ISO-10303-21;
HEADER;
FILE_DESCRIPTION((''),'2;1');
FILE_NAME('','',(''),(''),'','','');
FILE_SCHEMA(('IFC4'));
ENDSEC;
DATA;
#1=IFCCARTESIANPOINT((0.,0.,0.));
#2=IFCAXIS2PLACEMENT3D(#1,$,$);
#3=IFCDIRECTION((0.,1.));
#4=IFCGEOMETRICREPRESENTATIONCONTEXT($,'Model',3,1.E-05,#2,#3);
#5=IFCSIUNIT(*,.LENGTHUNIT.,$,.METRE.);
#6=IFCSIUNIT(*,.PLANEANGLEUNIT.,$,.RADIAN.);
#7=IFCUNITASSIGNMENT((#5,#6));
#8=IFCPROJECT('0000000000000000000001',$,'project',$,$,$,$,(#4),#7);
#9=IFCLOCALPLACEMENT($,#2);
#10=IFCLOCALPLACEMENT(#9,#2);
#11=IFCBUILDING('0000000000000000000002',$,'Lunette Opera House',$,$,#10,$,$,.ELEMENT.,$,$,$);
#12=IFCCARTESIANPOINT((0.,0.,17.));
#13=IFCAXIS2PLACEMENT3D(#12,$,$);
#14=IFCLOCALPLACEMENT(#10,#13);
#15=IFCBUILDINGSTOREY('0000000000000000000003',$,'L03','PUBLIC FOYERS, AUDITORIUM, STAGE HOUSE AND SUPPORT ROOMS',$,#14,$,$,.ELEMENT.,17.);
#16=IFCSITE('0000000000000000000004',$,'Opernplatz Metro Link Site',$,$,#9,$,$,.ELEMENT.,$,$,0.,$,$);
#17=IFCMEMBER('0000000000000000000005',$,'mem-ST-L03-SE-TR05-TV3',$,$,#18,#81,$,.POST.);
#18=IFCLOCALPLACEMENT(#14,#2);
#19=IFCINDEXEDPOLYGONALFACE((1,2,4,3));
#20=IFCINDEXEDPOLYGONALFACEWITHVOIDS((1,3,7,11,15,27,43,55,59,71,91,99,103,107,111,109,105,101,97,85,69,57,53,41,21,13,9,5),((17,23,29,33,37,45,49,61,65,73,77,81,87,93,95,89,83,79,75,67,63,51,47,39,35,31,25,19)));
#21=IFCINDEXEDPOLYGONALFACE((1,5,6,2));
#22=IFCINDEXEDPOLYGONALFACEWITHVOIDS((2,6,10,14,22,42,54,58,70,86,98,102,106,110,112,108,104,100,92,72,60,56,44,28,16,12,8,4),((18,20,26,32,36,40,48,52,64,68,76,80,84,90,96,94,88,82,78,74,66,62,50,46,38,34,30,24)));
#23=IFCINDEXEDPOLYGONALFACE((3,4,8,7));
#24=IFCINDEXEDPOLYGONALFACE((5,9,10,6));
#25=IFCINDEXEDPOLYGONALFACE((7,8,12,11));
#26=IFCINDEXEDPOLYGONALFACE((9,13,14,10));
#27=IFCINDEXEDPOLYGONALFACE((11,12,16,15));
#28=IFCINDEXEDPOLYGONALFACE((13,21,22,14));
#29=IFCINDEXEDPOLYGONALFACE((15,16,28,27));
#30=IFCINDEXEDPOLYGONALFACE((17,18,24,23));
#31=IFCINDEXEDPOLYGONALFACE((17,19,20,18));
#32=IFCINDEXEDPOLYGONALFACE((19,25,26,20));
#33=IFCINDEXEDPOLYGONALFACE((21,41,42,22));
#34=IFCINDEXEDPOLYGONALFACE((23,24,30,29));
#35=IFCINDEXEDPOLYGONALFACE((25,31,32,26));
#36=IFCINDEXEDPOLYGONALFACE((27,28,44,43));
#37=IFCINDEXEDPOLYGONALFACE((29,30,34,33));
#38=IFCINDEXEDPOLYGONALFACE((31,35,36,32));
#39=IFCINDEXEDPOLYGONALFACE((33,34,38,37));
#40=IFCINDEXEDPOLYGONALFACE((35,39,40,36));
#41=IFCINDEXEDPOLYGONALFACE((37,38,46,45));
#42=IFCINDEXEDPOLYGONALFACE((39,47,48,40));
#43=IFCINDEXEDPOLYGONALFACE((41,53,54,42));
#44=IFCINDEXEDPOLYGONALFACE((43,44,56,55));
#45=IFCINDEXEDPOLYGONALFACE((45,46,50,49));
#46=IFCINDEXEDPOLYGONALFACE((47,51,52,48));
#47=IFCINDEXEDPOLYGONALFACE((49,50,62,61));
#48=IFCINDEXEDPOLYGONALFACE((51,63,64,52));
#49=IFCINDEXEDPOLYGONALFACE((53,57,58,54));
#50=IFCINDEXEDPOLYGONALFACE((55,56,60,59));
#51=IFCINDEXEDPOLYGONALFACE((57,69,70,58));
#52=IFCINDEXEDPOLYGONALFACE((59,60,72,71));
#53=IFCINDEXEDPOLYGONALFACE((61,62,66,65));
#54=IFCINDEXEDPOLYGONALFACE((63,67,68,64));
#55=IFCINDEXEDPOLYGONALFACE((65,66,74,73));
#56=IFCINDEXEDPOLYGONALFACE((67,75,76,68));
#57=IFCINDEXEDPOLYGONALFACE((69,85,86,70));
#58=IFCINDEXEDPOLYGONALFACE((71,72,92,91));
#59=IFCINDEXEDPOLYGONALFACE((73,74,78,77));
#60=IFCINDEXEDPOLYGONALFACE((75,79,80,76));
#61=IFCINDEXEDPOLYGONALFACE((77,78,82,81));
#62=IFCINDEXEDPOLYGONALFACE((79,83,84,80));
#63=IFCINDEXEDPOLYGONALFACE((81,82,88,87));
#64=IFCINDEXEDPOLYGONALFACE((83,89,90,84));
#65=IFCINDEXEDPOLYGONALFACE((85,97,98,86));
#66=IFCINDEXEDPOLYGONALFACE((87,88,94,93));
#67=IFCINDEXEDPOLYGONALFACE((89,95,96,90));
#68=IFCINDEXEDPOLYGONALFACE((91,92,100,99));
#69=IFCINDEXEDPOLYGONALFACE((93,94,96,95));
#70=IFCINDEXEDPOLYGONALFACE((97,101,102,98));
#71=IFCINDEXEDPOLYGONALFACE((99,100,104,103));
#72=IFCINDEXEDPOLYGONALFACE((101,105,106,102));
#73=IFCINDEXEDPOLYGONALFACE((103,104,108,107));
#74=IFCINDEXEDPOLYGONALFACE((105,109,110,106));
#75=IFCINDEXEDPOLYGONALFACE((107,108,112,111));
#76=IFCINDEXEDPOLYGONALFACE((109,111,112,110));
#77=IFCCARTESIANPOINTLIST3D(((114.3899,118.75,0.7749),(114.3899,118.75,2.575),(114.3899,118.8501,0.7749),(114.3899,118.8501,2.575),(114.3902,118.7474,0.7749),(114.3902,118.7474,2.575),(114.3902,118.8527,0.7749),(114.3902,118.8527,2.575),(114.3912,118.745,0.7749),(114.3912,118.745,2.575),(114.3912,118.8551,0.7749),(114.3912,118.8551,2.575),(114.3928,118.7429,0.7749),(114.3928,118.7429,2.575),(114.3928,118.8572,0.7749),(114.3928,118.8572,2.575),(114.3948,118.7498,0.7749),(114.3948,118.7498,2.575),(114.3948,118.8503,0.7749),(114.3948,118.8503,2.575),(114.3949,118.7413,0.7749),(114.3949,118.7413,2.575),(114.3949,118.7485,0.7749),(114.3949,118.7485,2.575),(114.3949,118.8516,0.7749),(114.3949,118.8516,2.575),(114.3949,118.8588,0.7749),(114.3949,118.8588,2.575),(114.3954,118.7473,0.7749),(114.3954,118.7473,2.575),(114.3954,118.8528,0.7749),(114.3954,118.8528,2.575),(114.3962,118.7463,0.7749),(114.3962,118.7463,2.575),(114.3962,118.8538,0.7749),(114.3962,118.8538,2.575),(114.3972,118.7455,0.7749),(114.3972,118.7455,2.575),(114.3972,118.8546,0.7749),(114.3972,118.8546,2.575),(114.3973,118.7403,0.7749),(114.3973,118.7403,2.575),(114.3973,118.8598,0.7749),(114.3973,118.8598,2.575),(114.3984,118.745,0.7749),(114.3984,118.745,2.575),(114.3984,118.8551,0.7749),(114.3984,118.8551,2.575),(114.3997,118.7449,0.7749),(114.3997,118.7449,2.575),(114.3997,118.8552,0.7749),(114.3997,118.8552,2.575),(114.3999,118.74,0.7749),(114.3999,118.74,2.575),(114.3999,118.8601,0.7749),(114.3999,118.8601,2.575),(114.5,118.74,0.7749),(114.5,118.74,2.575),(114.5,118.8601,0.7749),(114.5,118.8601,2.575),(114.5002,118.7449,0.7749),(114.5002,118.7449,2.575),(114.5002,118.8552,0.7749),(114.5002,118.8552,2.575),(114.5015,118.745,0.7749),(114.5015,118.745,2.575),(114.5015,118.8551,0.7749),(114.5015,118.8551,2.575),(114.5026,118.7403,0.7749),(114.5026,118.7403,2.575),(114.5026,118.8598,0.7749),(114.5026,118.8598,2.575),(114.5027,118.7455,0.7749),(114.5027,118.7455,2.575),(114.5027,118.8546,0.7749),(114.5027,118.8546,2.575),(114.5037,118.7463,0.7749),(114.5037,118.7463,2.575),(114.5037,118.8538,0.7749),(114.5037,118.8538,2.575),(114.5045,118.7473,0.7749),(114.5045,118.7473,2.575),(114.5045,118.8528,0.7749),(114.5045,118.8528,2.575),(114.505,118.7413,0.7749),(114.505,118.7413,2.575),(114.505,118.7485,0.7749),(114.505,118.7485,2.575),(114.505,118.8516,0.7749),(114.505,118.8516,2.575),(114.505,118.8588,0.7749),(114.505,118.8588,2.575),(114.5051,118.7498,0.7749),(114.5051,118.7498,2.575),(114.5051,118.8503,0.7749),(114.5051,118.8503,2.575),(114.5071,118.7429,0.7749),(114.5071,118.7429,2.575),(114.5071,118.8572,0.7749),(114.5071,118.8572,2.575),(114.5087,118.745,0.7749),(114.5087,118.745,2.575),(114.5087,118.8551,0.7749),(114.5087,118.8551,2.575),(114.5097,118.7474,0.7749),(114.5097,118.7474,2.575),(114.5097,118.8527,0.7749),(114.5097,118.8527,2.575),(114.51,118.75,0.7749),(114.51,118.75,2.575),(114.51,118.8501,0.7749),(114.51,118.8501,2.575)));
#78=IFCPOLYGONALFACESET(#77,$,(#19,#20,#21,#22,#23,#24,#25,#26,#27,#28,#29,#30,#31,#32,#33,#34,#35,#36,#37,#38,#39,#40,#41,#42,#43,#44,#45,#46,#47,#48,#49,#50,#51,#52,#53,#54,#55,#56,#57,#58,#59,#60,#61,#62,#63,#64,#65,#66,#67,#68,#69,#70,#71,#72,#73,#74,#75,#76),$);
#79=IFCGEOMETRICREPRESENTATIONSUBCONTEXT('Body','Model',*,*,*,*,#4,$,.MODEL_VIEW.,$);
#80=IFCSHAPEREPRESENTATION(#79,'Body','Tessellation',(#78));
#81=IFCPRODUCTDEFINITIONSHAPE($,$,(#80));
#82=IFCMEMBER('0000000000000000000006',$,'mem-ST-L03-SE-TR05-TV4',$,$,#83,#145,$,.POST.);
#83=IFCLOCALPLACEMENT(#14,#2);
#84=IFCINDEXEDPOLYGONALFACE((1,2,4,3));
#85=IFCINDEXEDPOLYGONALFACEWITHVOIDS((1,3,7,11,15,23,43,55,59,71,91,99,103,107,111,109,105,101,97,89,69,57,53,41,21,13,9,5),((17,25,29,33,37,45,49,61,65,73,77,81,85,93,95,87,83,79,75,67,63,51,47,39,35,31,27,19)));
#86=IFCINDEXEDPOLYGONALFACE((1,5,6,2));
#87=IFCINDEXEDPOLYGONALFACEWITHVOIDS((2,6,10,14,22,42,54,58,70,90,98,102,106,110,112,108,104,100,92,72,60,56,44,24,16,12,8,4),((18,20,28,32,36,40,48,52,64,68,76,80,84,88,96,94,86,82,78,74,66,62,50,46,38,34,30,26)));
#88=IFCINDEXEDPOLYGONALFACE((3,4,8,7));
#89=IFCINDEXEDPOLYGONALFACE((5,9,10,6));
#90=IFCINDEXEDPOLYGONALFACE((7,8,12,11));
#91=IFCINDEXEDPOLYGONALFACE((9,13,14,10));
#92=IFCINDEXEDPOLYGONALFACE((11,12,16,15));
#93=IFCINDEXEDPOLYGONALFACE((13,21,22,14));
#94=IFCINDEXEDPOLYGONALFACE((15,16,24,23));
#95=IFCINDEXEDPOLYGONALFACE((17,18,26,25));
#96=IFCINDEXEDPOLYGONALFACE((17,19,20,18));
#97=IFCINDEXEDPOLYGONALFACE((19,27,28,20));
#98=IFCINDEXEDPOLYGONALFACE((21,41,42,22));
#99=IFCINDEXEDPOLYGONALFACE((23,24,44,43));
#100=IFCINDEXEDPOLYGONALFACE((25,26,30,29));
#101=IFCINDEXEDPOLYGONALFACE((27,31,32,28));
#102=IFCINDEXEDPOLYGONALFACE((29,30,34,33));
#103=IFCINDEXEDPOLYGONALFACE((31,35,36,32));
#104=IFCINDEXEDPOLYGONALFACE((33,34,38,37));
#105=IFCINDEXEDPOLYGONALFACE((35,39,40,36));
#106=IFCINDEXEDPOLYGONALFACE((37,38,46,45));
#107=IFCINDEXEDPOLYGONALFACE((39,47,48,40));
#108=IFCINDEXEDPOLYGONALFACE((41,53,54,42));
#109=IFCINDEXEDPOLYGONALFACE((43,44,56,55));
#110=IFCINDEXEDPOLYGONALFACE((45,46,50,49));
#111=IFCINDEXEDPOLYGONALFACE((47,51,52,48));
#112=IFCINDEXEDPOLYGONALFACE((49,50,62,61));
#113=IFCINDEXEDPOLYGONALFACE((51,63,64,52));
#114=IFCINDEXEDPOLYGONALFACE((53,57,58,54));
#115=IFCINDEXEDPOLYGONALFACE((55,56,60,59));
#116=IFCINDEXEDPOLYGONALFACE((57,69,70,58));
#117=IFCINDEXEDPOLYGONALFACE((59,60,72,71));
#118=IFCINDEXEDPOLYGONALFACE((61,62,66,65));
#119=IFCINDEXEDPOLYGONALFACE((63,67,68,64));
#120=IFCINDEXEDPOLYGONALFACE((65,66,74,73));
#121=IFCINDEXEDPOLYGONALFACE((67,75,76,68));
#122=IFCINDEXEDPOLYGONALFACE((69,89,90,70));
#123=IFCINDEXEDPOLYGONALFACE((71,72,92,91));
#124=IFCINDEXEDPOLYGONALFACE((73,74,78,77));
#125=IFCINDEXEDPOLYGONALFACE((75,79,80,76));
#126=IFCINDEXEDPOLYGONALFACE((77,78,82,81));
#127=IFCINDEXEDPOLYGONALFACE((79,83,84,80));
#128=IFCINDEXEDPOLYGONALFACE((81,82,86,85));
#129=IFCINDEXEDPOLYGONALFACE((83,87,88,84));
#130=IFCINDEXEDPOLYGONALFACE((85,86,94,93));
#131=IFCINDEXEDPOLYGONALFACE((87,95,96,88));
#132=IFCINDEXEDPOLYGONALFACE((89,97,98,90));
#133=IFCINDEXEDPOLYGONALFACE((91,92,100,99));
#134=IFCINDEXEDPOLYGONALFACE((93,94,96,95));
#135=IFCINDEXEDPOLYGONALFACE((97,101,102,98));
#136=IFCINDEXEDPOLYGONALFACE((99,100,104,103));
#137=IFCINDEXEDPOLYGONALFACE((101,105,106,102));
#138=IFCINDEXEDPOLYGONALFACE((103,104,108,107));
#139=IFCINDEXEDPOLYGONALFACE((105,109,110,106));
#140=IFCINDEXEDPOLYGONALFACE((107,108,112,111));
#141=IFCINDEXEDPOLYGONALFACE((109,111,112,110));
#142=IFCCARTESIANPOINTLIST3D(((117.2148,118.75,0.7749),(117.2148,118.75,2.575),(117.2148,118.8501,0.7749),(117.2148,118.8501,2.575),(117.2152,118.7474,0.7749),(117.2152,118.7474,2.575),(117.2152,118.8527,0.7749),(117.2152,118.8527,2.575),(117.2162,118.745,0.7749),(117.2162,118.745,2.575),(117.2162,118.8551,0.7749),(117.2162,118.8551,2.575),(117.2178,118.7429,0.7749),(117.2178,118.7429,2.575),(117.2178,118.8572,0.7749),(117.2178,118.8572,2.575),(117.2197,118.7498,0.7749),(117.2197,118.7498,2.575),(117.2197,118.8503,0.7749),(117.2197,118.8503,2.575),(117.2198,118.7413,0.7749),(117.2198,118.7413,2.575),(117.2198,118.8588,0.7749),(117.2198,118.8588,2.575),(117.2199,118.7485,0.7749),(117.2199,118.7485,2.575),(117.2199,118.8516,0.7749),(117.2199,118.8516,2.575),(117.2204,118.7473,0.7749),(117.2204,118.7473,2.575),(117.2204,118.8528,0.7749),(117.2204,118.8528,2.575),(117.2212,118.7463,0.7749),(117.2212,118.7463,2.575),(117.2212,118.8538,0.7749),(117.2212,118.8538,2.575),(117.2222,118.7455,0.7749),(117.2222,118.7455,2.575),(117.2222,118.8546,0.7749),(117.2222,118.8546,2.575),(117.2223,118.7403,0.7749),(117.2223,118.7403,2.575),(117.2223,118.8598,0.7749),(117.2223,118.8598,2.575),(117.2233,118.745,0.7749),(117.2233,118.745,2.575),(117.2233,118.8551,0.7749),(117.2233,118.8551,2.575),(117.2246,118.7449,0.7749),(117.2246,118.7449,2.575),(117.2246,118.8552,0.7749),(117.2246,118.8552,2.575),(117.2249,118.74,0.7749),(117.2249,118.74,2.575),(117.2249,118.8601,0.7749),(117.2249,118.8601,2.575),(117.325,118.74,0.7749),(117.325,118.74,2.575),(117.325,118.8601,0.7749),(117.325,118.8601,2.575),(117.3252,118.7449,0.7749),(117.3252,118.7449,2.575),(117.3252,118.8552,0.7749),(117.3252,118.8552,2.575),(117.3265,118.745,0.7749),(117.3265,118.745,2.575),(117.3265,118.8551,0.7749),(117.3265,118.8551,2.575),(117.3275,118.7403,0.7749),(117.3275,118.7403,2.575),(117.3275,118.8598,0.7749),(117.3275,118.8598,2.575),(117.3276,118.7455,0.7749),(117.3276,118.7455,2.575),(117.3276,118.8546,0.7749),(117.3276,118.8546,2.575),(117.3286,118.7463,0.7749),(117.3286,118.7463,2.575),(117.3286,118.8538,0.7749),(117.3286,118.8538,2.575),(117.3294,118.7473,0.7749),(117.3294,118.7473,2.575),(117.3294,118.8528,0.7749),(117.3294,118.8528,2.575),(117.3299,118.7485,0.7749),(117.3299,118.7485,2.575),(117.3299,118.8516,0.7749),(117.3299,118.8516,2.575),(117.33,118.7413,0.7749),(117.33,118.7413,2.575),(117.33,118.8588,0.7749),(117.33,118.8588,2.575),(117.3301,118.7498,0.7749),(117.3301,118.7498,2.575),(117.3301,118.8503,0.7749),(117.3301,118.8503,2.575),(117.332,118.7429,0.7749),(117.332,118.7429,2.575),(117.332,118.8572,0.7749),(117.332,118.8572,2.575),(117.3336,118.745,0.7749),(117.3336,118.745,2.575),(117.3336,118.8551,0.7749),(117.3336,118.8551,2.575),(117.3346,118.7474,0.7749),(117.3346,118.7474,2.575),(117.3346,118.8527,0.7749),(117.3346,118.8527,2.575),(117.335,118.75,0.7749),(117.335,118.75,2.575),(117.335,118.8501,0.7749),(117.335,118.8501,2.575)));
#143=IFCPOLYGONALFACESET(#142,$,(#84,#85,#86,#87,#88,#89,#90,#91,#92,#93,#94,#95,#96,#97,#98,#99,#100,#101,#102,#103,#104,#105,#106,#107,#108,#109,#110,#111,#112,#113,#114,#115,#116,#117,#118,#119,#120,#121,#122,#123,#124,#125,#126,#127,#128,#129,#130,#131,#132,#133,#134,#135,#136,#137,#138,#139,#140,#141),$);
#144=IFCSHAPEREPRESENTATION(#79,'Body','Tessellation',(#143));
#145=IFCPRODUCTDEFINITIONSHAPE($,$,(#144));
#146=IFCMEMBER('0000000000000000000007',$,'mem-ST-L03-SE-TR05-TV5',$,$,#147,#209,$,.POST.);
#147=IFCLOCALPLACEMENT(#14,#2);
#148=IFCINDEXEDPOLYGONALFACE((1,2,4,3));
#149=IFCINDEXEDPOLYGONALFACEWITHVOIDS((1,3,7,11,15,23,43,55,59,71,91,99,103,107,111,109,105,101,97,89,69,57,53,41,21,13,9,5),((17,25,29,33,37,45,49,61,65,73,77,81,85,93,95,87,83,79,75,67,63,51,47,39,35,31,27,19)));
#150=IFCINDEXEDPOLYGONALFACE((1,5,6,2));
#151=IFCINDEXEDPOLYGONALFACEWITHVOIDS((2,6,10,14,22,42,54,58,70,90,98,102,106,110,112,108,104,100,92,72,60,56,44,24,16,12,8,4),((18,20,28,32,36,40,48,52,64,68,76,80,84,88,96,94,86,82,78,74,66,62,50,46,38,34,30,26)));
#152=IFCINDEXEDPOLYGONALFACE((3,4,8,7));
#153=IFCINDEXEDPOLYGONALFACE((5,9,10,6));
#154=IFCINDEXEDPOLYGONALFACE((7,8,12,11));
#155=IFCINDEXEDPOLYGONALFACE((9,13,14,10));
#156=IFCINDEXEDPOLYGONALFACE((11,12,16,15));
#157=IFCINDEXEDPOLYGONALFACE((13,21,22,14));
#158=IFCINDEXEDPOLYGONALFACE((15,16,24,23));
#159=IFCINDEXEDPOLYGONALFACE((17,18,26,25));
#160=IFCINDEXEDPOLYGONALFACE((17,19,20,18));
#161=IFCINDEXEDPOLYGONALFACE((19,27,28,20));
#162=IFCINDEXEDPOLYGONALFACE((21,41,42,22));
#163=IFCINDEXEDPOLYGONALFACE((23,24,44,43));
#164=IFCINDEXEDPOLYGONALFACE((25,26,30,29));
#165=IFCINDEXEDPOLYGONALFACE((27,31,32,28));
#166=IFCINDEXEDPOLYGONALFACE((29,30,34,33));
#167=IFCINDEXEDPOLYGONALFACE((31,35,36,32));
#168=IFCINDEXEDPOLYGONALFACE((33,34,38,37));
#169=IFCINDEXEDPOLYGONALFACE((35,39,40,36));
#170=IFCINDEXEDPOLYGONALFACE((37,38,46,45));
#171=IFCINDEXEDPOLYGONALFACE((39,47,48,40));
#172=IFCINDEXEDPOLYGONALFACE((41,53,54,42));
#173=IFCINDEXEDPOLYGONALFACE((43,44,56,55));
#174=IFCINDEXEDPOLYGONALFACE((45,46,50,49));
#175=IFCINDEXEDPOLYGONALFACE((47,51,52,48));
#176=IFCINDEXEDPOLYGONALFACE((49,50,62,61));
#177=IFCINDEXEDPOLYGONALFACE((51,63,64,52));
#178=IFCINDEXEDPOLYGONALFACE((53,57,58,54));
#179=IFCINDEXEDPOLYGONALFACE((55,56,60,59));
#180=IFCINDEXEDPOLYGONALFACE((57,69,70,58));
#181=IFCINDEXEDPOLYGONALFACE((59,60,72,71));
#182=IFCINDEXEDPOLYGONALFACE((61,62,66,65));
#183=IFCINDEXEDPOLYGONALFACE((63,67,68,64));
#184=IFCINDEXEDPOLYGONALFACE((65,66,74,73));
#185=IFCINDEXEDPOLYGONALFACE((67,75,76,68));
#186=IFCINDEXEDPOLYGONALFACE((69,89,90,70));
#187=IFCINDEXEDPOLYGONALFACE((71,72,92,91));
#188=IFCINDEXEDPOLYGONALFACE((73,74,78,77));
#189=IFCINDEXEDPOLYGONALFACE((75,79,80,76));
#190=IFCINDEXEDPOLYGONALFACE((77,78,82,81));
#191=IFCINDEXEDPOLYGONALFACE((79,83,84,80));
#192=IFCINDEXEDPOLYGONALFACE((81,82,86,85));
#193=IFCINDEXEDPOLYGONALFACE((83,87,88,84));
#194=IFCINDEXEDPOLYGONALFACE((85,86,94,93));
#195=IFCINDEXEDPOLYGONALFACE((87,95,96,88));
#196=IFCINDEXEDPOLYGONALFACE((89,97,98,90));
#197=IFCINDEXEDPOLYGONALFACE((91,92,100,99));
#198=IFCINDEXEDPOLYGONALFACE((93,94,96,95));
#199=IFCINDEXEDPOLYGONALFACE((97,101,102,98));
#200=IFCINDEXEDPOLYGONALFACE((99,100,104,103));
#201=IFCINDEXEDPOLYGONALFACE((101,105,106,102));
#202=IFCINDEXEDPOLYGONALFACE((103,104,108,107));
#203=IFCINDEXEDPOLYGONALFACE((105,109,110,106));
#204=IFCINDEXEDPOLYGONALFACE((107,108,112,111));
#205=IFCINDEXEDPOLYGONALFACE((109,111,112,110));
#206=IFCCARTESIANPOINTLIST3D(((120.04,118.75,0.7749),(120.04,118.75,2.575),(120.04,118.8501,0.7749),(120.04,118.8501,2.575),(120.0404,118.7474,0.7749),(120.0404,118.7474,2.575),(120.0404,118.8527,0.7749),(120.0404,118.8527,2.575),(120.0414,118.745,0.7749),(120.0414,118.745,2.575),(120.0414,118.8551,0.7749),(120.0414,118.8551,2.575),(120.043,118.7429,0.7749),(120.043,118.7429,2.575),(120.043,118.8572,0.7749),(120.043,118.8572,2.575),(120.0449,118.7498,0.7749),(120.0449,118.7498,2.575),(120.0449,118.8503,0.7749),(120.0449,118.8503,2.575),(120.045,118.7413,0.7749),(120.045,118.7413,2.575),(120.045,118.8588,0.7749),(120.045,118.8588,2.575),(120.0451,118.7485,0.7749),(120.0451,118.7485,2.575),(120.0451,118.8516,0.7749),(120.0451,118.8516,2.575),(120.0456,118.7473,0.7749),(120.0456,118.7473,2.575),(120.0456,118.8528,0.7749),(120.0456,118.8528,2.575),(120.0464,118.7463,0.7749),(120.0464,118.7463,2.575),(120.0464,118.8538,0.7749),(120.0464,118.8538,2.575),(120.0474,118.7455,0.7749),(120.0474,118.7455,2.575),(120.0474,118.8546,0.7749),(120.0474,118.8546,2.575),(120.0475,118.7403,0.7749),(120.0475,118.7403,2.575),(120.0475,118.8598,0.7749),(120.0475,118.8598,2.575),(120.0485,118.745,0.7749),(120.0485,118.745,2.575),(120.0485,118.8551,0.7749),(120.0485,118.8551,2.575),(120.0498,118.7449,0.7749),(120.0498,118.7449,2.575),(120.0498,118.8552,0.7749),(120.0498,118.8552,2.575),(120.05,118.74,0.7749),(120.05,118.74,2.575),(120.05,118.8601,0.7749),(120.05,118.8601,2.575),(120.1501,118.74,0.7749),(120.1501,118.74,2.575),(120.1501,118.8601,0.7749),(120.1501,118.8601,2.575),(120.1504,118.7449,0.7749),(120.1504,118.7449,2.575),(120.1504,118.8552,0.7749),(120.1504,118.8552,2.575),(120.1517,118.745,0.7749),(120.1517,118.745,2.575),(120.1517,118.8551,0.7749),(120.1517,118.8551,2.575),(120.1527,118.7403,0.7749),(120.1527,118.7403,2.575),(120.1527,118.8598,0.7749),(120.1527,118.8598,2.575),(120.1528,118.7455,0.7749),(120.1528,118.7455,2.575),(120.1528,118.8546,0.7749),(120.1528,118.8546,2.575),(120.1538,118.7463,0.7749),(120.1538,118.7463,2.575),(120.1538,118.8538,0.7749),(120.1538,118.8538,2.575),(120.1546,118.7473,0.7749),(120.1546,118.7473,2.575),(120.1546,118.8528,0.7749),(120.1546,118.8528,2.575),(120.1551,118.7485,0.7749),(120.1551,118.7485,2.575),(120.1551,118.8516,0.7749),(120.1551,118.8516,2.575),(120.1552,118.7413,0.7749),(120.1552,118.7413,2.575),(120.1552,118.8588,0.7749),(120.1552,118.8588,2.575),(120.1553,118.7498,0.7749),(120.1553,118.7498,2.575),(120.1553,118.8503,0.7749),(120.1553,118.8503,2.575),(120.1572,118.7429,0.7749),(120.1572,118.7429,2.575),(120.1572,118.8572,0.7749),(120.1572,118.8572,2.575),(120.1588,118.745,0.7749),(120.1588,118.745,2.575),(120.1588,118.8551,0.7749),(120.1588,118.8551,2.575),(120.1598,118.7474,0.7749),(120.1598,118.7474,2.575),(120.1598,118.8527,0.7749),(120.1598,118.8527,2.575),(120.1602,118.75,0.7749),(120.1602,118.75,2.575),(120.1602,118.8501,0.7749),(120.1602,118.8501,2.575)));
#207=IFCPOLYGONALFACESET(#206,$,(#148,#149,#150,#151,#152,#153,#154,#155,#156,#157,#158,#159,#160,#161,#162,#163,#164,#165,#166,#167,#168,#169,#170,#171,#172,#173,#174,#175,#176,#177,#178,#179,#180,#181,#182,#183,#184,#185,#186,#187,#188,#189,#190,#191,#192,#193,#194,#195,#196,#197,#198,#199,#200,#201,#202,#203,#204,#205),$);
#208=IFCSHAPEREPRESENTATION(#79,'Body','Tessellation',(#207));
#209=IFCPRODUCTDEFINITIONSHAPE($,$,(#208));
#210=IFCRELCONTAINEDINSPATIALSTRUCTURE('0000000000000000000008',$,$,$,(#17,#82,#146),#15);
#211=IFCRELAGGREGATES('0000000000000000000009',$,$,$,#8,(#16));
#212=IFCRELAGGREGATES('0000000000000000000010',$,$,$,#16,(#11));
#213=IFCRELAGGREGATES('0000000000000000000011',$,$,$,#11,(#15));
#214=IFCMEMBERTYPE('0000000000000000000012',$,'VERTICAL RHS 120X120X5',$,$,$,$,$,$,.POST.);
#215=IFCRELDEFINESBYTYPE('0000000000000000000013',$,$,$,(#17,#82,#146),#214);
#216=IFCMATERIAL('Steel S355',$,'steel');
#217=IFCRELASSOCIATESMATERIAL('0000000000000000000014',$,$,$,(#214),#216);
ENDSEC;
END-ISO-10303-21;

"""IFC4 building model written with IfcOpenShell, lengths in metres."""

from ifc_helpers import new_model, si_unit, direction, frame, origin, origin_2d, place, context, subcontext, project, spatial, hollow_rectangle, extrude, material, material_profile, profile_set, type_object, element, save


model = new_model("IFC4")

# Units and contexts
model_context = context("Model", 3, precision=1e-05, world=origin(), true_north=direction((0.0, 1.0)))
body_context = subcontext(model_context, "Body", "Model", "MODEL_VIEW")
ifc_project = project(units=[si_unit("LENGTHUNIT", "METRE"), si_unit("PLANEANGLEUNIT", "RADIAN")], contexts=[model_context])

# Site, building, storey
site_placement = place(None, origin())
site = spatial("IfcSite", under=ifc_project, at=site_placement, Name="Opernplatz Metro Link Site", CompositionType="ELEMENT", RefElevation=0.0)
building_placement = place(site_placement, origin())
building = spatial("IfcBuilding", under=site, at=building_placement, Name="Lunette Opera House", CompositionType="ELEMENT")
storey_placement = place(building_placement, frame((0.0, 0.0, 17.0)))
storey = spatial("IfcBuildingStorey", under=building, at=storey_placement, Name="L03", Description="PUBLIC FOYERS, AUDITORIUM, STAGE HOUSE AND SUPPORT ROOMS", CompositionType="ELEMENT", Elevation=17.0)

# Members
ifc_material_1 = material(Name="Steel S355", Category="steel")
ifc_material_profile_1 = material_profile(ifc_material_1, hollow_rectangle(XDim=0.1201, YDim=0.1201, WallThickness=0.0049, InnerFilletRadius=0.0049, OuterFilletRadius=0.01, at=origin_2d()), Name="RHS 120X120X5")
ifc_profile_set_1 = profile_set([ifc_material_profile_1], Name="Steel S355")
member_type_1 = type_object("IfcMemberType", Name="VERTICAL RHS 120X120X5", PredefinedType="POST", material=ifc_profile_set_1)
for number, where, z_axis, x_axis, name in (
    (1, (114.45, 118.8, 0.7749), (0.0, 0.0, 1.0), (1.0, 0.0, 0.0), "mem-ST-L03-SE-TR05-TV3"),
    (2, (117.2749, 118.8, 0.7749), (0.0, 0.0, 1.0), (1.0, 0.0, 0.0), "mem-ST-L03-SE-TR05-TV4"),
    (3, (120.1001, 118.8, 0.7749), (0.0, 0.0, 1.0), (1.0, 0.0, 0.0), "mem-ST-L03-SE-TR05-TV5"),
):
    element("IfcMember", number, at=place(storey_placement, frame(where, z_axis=z_axis, x_axis=x_axis)), inside=storey, type_object=member_type_1, Name=name, PredefinedType="POST", context=body_context, shape_type="SweptSolid", body=[
        extrude(hollow_rectangle(XDim=0.1201, YDim=0.1201, WallThickness=0.0049, InnerFilletRadius=0.0049, OuterFilletRadius=0.01, at=origin_2d()), origin(), (0.0, 0.0, 1.0), 1.8),
    ])

save(model, "model.ifc")
